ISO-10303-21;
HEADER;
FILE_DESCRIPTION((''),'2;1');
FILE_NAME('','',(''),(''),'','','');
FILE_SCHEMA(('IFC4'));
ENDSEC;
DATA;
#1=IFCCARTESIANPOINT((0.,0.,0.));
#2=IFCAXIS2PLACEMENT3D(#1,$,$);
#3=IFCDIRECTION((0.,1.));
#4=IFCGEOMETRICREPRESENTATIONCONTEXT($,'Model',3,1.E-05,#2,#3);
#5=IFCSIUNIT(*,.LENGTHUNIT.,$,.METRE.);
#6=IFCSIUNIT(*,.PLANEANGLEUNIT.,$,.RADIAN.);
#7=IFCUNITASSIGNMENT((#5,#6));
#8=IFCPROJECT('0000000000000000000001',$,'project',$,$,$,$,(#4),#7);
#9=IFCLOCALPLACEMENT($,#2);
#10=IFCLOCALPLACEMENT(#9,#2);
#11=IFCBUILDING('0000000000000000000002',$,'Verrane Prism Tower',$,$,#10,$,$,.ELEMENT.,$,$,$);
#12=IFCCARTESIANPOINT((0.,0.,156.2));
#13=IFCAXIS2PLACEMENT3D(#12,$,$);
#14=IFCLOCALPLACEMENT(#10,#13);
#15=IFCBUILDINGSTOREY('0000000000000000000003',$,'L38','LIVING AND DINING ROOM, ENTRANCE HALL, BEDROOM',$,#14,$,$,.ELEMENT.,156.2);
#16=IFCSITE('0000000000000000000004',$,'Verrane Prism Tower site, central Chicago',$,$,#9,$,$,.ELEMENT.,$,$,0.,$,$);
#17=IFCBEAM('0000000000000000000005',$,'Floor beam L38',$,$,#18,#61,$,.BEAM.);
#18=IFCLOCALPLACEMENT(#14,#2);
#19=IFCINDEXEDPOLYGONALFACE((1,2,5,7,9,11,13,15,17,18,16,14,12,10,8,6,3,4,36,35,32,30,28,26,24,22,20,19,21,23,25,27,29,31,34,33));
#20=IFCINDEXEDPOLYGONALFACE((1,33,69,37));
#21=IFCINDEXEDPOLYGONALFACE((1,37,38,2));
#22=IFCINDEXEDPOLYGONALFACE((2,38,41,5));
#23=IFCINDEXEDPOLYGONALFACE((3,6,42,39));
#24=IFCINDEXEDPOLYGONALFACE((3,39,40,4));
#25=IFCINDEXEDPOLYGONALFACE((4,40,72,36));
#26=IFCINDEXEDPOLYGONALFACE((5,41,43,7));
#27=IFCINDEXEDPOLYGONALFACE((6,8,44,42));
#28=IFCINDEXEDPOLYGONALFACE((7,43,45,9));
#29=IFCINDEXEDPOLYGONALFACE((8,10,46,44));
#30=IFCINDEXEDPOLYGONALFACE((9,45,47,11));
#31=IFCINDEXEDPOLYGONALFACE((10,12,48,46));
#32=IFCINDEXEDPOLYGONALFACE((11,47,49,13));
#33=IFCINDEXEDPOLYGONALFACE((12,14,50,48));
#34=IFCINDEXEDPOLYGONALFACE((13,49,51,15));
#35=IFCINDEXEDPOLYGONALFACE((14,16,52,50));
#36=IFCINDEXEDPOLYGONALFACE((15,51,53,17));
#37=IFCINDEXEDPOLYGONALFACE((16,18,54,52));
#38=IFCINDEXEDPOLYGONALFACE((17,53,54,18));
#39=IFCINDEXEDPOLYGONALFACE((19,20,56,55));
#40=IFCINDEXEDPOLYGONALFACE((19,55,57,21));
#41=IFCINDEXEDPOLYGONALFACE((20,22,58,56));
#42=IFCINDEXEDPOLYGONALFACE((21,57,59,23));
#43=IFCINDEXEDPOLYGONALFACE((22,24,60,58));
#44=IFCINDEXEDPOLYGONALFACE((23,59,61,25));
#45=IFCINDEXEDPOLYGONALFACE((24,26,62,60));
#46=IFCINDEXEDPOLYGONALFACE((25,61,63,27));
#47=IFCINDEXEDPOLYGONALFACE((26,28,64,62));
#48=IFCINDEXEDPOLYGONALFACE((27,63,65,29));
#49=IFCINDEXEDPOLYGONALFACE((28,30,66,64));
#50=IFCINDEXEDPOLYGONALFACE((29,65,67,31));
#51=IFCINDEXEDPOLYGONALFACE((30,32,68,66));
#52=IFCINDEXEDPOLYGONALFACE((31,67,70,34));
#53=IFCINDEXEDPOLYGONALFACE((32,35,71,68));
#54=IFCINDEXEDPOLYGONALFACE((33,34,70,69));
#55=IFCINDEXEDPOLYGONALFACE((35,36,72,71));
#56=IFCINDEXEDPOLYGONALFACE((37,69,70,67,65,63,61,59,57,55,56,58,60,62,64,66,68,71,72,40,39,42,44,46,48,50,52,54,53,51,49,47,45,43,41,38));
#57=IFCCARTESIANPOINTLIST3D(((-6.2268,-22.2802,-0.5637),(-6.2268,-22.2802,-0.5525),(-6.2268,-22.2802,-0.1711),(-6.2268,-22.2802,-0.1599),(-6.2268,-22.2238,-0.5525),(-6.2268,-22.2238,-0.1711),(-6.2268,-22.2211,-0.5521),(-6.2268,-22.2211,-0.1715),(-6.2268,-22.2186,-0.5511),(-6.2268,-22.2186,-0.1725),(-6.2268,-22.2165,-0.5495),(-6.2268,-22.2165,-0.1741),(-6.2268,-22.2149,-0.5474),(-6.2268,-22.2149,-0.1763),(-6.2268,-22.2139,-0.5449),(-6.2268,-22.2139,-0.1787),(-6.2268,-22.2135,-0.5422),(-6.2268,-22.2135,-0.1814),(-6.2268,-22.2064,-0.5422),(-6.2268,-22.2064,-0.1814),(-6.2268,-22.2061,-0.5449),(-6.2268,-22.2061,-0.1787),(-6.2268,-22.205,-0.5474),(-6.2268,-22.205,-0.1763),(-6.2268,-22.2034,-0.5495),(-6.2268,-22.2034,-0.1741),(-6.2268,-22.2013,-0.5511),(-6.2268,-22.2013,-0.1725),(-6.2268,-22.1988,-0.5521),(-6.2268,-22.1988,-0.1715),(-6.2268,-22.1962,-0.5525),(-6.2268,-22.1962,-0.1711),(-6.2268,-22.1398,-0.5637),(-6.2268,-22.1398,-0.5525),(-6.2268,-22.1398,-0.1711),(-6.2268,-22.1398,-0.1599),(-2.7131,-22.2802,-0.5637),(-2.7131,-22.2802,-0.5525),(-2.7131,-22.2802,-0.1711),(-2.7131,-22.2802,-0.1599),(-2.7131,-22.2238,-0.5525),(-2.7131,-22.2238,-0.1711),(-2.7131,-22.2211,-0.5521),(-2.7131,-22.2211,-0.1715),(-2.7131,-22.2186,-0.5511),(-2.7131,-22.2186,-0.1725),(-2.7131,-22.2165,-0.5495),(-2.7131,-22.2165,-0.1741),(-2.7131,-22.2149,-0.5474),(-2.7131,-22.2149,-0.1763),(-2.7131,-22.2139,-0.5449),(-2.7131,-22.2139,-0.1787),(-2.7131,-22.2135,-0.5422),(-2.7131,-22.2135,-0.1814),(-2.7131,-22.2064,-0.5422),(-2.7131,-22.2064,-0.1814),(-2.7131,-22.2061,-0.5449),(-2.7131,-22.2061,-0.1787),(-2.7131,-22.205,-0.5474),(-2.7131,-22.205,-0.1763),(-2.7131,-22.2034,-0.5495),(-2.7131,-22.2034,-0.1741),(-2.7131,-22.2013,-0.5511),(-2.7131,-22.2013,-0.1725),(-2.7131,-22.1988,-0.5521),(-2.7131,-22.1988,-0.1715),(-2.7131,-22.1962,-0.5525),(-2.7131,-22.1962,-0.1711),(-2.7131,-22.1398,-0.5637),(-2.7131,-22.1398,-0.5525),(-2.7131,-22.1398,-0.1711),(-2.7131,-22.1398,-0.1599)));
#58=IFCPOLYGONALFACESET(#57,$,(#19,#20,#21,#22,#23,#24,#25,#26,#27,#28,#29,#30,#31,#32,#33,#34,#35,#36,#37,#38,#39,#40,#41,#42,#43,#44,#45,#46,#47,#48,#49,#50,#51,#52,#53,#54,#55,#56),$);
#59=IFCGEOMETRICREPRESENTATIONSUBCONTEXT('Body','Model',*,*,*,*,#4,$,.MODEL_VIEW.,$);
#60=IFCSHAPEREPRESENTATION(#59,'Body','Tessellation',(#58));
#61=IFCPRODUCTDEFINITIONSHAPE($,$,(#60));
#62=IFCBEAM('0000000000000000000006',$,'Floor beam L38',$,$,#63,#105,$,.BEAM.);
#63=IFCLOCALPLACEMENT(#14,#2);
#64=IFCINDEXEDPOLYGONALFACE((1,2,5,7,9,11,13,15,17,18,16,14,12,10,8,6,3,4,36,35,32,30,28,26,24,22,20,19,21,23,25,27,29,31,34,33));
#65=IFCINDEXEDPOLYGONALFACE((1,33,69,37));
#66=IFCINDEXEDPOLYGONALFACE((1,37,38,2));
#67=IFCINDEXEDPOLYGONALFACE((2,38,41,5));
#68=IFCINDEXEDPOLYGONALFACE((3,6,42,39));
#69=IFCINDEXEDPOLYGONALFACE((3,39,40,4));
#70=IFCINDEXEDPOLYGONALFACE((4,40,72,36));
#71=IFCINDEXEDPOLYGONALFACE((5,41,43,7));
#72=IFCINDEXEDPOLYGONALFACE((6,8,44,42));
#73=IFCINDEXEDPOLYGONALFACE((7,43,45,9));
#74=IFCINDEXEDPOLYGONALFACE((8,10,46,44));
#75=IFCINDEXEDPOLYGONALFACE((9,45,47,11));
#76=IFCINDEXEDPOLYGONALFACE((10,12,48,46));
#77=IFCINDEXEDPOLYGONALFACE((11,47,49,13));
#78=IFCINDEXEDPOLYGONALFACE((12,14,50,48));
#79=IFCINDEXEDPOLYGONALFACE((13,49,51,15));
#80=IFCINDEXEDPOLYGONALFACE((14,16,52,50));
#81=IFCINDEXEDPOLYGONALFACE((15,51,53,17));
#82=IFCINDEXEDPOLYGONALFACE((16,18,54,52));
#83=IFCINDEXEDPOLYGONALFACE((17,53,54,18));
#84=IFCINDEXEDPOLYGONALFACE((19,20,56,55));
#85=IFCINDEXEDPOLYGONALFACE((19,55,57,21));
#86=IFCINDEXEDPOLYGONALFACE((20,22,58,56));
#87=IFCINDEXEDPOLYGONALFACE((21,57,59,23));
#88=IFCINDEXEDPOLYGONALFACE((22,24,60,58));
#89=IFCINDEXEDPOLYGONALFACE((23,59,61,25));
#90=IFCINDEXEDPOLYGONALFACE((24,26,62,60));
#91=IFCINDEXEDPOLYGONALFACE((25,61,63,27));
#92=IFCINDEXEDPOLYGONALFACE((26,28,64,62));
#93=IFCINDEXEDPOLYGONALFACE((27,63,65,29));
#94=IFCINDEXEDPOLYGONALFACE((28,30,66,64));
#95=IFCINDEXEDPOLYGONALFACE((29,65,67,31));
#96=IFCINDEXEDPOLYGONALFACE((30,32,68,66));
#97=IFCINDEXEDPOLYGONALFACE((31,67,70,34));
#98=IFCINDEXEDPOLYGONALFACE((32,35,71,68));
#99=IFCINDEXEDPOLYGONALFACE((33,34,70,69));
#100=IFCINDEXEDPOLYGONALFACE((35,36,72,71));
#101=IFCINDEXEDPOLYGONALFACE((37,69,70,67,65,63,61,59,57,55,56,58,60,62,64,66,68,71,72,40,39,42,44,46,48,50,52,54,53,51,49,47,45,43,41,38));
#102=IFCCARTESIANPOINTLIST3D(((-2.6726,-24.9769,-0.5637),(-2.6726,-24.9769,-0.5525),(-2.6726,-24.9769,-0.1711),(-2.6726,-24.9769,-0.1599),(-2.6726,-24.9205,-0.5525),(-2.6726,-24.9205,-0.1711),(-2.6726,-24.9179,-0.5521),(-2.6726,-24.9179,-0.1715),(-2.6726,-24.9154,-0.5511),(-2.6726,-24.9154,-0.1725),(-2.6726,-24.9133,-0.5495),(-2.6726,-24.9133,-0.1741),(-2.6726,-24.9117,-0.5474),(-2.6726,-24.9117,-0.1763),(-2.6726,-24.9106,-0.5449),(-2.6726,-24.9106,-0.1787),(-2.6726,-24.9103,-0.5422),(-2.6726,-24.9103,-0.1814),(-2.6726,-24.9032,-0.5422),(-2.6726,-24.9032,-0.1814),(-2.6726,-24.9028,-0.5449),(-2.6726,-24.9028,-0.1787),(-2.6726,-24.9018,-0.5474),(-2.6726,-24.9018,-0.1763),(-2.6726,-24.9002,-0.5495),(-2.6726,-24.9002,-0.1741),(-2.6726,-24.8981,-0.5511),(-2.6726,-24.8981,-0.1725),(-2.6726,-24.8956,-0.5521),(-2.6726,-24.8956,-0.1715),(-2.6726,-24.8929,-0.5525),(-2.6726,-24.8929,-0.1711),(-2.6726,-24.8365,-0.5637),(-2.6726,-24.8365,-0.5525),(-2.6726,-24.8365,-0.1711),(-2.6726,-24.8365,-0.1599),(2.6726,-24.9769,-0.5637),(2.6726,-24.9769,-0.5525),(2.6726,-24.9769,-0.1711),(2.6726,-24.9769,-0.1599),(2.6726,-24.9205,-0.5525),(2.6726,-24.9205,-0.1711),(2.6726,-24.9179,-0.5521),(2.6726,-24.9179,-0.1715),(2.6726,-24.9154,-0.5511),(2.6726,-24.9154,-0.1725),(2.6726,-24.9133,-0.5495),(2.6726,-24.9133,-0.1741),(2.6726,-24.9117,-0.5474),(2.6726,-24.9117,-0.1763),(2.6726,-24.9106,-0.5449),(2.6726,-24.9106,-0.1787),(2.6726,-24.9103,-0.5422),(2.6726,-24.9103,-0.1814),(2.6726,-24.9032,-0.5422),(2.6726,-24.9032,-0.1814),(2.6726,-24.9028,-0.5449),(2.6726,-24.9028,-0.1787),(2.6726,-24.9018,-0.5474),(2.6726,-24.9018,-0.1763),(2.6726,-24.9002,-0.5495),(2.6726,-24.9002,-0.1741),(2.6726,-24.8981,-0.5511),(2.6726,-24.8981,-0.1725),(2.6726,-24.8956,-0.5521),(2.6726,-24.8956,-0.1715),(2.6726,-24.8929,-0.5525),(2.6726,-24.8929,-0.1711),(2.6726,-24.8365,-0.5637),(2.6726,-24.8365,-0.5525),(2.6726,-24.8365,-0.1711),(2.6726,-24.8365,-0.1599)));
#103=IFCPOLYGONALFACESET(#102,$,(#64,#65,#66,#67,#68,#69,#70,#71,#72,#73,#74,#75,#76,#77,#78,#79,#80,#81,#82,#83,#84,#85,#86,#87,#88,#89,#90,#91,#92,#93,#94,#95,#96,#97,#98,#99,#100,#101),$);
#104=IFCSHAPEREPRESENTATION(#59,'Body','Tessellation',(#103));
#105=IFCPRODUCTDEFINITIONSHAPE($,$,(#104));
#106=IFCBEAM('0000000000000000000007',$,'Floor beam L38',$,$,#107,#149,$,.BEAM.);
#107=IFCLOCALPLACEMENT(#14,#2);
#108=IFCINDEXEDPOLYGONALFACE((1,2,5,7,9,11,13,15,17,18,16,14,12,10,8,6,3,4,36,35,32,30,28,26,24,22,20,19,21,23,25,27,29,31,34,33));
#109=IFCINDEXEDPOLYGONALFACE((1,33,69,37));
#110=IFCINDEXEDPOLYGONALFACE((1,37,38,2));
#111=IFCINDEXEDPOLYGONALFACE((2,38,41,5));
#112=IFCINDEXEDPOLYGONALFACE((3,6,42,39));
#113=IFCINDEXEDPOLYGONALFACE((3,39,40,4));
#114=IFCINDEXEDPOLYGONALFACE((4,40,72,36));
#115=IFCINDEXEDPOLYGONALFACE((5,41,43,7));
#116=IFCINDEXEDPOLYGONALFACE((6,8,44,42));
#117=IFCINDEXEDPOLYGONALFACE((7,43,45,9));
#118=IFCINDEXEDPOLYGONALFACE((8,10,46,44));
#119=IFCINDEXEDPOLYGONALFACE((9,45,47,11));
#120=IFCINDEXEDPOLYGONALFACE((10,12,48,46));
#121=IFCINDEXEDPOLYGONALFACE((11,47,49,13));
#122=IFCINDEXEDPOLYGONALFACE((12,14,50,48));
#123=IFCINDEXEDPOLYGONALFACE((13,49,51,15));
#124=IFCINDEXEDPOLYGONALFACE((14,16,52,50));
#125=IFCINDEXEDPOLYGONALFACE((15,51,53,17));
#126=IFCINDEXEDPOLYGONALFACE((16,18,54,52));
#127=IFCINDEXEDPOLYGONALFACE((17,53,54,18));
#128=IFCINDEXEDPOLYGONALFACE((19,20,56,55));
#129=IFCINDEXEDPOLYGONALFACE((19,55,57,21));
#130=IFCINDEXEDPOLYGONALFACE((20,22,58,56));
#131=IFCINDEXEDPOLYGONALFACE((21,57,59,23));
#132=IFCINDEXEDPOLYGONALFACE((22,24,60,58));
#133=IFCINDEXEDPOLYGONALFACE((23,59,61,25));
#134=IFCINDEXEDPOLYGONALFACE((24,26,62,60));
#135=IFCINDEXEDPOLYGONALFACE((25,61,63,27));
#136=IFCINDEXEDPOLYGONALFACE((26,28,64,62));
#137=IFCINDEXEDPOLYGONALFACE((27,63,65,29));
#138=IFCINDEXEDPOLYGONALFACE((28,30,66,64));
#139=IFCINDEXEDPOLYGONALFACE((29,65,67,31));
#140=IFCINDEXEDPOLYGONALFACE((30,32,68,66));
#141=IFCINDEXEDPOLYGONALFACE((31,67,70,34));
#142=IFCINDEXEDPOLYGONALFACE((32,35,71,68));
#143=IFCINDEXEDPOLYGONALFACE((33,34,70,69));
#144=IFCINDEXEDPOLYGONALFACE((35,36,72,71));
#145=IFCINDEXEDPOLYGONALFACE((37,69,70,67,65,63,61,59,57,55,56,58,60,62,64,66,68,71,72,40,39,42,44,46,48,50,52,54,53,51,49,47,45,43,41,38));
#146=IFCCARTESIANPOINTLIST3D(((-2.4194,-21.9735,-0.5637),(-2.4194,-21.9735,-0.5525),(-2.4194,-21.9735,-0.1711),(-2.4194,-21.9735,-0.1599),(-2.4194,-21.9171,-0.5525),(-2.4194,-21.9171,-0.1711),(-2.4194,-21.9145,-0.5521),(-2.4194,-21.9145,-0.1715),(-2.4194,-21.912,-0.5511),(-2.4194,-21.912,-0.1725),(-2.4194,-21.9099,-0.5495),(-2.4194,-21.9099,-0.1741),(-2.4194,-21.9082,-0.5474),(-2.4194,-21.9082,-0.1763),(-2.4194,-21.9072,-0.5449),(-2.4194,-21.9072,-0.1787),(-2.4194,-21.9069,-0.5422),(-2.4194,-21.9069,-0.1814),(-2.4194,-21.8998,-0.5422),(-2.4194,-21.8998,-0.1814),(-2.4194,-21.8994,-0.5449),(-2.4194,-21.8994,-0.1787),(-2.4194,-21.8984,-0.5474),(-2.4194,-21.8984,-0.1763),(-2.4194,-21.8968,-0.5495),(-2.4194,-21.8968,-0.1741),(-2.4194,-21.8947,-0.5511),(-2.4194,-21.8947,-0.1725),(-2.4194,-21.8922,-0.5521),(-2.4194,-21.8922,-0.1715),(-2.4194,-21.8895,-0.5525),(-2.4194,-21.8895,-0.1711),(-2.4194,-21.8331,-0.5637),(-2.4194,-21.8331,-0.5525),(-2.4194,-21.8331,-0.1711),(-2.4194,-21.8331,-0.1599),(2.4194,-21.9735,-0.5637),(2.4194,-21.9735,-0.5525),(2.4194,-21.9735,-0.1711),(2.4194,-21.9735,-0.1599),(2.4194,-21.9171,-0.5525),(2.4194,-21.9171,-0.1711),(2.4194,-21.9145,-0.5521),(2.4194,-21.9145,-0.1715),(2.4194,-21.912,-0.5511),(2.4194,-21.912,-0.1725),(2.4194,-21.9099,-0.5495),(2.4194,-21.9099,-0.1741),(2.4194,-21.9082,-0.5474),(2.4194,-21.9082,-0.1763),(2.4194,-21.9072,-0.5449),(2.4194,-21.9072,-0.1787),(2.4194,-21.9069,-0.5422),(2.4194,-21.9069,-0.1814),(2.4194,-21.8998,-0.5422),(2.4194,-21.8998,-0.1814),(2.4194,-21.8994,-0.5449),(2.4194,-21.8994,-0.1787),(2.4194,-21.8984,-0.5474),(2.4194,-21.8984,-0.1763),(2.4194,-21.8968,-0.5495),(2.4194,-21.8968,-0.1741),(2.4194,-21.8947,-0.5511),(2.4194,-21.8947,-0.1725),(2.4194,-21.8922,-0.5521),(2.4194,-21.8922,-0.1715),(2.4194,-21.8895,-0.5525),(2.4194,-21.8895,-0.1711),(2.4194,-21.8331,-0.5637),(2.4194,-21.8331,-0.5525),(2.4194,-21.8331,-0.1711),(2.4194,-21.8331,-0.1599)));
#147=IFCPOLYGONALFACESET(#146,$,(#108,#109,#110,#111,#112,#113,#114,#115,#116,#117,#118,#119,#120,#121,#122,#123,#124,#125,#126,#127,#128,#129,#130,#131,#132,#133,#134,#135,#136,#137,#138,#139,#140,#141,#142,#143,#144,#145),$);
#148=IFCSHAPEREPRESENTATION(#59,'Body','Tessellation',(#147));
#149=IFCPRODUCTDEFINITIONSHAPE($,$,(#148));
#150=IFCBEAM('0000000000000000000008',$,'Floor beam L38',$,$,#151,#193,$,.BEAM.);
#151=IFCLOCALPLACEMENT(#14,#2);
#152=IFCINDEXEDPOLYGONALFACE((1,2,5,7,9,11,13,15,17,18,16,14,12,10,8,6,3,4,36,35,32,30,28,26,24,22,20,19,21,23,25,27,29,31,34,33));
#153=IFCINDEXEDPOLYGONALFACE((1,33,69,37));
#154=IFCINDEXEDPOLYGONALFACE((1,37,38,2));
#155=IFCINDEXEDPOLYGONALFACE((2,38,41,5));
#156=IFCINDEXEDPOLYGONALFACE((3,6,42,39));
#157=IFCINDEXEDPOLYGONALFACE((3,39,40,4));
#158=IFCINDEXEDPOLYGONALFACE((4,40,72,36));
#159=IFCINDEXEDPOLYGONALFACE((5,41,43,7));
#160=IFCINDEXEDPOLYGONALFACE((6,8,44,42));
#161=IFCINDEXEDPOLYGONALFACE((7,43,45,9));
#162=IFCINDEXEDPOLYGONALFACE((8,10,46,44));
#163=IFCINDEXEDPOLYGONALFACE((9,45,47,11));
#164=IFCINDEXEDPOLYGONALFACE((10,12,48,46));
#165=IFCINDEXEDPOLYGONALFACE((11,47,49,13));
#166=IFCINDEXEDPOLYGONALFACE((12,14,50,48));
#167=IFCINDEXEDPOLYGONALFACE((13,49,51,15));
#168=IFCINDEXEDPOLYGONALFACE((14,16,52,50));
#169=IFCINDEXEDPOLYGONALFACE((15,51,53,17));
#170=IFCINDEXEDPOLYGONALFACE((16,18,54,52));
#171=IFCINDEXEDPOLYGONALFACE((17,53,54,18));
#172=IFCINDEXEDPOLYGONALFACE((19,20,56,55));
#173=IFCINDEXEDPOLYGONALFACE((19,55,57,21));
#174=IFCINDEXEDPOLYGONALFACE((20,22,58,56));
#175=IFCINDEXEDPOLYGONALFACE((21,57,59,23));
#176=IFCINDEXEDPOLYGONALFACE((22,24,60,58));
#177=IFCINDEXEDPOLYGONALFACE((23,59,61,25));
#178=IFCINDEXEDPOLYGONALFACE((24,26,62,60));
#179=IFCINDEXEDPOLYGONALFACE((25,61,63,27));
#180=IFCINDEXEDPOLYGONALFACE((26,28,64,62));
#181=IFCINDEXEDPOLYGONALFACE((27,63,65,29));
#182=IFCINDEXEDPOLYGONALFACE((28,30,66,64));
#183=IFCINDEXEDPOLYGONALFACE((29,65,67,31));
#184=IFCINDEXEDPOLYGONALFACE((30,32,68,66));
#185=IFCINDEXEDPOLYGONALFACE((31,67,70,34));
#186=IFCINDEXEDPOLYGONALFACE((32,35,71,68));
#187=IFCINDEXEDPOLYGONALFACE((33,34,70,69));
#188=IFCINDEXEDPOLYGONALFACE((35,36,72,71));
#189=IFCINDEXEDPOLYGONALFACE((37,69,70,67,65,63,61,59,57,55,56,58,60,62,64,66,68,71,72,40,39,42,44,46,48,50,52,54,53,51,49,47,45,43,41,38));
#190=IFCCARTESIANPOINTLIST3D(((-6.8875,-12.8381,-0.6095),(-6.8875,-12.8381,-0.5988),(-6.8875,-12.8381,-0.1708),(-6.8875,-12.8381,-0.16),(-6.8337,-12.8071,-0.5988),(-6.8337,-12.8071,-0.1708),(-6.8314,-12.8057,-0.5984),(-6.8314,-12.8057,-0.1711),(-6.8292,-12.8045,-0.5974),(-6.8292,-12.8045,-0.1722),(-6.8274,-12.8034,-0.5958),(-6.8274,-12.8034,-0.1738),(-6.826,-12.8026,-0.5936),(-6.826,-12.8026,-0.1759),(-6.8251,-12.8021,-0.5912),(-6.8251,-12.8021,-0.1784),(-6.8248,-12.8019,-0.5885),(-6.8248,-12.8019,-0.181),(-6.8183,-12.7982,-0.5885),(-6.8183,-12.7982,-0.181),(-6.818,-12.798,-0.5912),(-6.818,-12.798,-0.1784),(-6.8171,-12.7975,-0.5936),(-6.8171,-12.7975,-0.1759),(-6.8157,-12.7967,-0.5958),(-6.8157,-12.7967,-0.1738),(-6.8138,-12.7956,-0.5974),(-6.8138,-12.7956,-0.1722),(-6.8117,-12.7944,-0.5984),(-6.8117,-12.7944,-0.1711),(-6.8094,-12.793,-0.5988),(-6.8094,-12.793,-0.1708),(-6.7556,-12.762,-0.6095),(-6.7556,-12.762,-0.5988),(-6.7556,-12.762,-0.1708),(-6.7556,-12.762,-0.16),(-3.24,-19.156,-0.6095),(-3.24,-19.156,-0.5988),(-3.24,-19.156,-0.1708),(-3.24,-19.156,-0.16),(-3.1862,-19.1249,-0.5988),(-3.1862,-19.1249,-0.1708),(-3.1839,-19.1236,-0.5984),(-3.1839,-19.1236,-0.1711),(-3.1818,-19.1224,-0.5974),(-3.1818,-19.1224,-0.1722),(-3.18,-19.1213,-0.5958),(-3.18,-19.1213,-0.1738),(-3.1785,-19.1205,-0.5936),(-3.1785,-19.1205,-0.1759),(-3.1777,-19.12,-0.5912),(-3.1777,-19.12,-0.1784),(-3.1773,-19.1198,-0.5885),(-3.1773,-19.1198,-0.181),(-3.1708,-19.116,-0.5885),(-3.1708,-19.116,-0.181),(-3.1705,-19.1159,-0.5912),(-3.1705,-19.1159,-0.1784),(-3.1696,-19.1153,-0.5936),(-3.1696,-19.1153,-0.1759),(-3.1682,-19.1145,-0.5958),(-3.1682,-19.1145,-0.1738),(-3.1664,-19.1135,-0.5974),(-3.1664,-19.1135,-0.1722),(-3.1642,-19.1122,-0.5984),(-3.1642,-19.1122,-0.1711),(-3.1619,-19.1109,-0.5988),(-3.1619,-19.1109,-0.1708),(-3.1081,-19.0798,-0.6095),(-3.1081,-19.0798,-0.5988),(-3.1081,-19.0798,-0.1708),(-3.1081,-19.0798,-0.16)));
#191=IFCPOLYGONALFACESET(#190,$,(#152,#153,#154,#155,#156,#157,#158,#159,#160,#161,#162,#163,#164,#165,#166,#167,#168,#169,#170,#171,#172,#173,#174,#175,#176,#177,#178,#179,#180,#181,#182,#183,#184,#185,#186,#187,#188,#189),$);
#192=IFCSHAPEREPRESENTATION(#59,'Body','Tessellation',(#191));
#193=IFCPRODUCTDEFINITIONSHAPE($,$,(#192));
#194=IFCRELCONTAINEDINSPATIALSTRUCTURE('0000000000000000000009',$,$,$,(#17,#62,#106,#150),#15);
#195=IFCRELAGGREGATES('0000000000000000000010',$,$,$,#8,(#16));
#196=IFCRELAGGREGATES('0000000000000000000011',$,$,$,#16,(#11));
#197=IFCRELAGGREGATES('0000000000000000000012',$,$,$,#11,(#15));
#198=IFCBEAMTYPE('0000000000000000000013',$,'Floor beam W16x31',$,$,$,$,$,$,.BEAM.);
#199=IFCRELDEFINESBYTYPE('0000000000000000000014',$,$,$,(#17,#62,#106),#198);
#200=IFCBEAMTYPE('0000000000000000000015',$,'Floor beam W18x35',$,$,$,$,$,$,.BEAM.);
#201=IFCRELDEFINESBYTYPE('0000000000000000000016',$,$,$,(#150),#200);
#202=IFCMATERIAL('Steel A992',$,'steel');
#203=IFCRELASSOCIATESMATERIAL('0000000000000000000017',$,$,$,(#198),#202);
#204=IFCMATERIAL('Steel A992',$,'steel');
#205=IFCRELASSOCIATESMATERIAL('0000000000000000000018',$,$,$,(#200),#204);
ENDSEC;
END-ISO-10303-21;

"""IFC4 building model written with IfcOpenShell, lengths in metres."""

from ifc_helpers import new_model, si_unit, direction, frame, origin, origin_2d, place, context, subcontext, project, spatial, i_section, extrude, material, material_profile, profile_set, type_object, element, save


model = new_model("IFC4")

# Units and contexts
model_context = context("Model", 3, precision=1e-05, world=origin(), true_north=direction((0.0, 1.0)))
body_context = subcontext(model_context, "Body", "Model", "MODEL_VIEW")
ifc_project = project(units=[si_unit("LENGTHUNIT", "METRE"), si_unit("PLANEANGLEUNIT", "RADIAN")], contexts=[model_context])

# Site, building, storey
site_placement = place(None, origin())
site = spatial("IfcSite", under=ifc_project, at=site_placement, Name="Verrane Prism Tower site, central Chicago", CompositionType="ELEMENT", RefElevation=0.0)
building_placement = place(site_placement, origin())
building = spatial("IfcBuilding", under=site, at=building_placement, Name="Verrane Prism Tower", CompositionType="ELEMENT")
storey_placement = place(building_placement, frame((0.0, 0.0, 156.2)))
storey = spatial("IfcBuildingStorey", under=building, at=storey_placement, Name="L38", Description="LIVING AND DINING ROOM, ENTRANCE HALL, BEDROOM", CompositionType="ELEMENT", Elevation=156.2)

# Beams
ifc_material_1 = material(Name="Steel A992", Category="steel")
ifc_material_profile_1 = material_profile(ifc_material_1, i_section(OverallWidth=0.1404, OverallDepth=0.4038, WebThickness=0.0071, FlangeThickness=0.0112, FilletRadius=0.0103, at=origin_2d()), Name="W16x31")
ifc_profile_set_1 = profile_set([ifc_material_profile_1], Name="Steel A992")
beam_type_1 = type_object("IfcBeamType", Name="Floor beam W16x31", PredefinedType="BEAM", material=ifc_profile_set_1)
beam_1_placement = place(storey_placement, frame((-6.2268, -22.21, -0.3618), z_axis=(1.0, 0.0, 0.0), x_axis=(0.0, 1.0, 0.0)))
element("IfcBeam", 1, at=beam_1_placement, inside=storey, type_object=beam_type_1, Name="Floor beam L38", PredefinedType="BEAM", context=body_context, shape_type="SweptSolid", body=[
    extrude(i_section(OverallWidth=0.1404, OverallDepth=0.4038, WebThickness=0.0071, FlangeThickness=0.0112, FilletRadius=0.0103, at=origin_2d()), origin(), (0.0, 0.0, 1.0), 3.5137),
])
beam_2_placement = place(storey_placement, frame((-2.6726, -24.9067, -0.3618), z_axis=(1.0, 0.0, 0.0), x_axis=(0.0, 1.0, 0.0)))
element("IfcBeam", 2, at=beam_2_placement, inside=storey, type_object=beam_type_1, Name="Floor beam L38", PredefinedType="BEAM", context=body_context, shape_type="SweptSolid", body=[
    extrude(i_section(OverallWidth=0.1404, OverallDepth=0.4038, WebThickness=0.0071, FlangeThickness=0.0112, FilletRadius=0.0103, at=origin_2d()), origin(), (0.0, 0.0, 1.0), 5.3452),
])
beam_3_placement = place(storey_placement, frame((-2.4194, -21.9033, -0.3618), z_axis=(1.0, 0.0, 0.0), x_axis=(0.0, 1.0, 0.0)))
element("IfcBeam", 3, at=beam_3_placement, inside=storey, type_object=beam_type_1, Name="Floor beam L38", PredefinedType="BEAM", context=body_context, shape_type="SweptSolid", body=[
    extrude(i_section(OverallWidth=0.1404, OverallDepth=0.4038, WebThickness=0.0071, FlangeThickness=0.0112, FilletRadius=0.0103, at=origin_2d()), origin(), (0.0, 0.0, 1.0), 4.8389),
])
ifc_material_2 = material(Name="Steel A992", Category="steel")
ifc_material_profile_2 = material_profile(ifc_material_2, i_section(OverallWidth=0.1523, OverallDepth=0.4495, WebThickness=0.0076, FlangeThickness=0.0107, FilletRadius=0.0103, at=origin_2d()), Name="W18x35")
ifc_profile_set_2 = profile_set([ifc_material_profile_2], Name="Steel A992")
beam_type_2 = type_object("IfcBeamType", Name="Floor beam W18x35", PredefinedType="BEAM", material=ifc_profile_set_2)
beam_4_placement = place(storey_placement, frame((-3.1741, -19.1179, -0.3848), z_axis=(-0.499983, 0.866035, 0.0), x_axis=(-0.866035, -0.499983, 0.0)))
element("IfcBeam", 4, at=beam_4_placement, inside=storey, type_object=beam_type_2, Name="Floor beam L38", PredefinedType="BEAM", context=body_context, shape_type="SweptSolid", body=[
    extrude(i_section(OverallWidth=0.1523, OverallDepth=0.4495, WebThickness=0.0076, FlangeThickness=0.0107, FilletRadius=0.0103, at=origin_2d()), origin(), (0.0, 0.0, 1.0), 7.2952),
])

save(model, "model.ifc")
